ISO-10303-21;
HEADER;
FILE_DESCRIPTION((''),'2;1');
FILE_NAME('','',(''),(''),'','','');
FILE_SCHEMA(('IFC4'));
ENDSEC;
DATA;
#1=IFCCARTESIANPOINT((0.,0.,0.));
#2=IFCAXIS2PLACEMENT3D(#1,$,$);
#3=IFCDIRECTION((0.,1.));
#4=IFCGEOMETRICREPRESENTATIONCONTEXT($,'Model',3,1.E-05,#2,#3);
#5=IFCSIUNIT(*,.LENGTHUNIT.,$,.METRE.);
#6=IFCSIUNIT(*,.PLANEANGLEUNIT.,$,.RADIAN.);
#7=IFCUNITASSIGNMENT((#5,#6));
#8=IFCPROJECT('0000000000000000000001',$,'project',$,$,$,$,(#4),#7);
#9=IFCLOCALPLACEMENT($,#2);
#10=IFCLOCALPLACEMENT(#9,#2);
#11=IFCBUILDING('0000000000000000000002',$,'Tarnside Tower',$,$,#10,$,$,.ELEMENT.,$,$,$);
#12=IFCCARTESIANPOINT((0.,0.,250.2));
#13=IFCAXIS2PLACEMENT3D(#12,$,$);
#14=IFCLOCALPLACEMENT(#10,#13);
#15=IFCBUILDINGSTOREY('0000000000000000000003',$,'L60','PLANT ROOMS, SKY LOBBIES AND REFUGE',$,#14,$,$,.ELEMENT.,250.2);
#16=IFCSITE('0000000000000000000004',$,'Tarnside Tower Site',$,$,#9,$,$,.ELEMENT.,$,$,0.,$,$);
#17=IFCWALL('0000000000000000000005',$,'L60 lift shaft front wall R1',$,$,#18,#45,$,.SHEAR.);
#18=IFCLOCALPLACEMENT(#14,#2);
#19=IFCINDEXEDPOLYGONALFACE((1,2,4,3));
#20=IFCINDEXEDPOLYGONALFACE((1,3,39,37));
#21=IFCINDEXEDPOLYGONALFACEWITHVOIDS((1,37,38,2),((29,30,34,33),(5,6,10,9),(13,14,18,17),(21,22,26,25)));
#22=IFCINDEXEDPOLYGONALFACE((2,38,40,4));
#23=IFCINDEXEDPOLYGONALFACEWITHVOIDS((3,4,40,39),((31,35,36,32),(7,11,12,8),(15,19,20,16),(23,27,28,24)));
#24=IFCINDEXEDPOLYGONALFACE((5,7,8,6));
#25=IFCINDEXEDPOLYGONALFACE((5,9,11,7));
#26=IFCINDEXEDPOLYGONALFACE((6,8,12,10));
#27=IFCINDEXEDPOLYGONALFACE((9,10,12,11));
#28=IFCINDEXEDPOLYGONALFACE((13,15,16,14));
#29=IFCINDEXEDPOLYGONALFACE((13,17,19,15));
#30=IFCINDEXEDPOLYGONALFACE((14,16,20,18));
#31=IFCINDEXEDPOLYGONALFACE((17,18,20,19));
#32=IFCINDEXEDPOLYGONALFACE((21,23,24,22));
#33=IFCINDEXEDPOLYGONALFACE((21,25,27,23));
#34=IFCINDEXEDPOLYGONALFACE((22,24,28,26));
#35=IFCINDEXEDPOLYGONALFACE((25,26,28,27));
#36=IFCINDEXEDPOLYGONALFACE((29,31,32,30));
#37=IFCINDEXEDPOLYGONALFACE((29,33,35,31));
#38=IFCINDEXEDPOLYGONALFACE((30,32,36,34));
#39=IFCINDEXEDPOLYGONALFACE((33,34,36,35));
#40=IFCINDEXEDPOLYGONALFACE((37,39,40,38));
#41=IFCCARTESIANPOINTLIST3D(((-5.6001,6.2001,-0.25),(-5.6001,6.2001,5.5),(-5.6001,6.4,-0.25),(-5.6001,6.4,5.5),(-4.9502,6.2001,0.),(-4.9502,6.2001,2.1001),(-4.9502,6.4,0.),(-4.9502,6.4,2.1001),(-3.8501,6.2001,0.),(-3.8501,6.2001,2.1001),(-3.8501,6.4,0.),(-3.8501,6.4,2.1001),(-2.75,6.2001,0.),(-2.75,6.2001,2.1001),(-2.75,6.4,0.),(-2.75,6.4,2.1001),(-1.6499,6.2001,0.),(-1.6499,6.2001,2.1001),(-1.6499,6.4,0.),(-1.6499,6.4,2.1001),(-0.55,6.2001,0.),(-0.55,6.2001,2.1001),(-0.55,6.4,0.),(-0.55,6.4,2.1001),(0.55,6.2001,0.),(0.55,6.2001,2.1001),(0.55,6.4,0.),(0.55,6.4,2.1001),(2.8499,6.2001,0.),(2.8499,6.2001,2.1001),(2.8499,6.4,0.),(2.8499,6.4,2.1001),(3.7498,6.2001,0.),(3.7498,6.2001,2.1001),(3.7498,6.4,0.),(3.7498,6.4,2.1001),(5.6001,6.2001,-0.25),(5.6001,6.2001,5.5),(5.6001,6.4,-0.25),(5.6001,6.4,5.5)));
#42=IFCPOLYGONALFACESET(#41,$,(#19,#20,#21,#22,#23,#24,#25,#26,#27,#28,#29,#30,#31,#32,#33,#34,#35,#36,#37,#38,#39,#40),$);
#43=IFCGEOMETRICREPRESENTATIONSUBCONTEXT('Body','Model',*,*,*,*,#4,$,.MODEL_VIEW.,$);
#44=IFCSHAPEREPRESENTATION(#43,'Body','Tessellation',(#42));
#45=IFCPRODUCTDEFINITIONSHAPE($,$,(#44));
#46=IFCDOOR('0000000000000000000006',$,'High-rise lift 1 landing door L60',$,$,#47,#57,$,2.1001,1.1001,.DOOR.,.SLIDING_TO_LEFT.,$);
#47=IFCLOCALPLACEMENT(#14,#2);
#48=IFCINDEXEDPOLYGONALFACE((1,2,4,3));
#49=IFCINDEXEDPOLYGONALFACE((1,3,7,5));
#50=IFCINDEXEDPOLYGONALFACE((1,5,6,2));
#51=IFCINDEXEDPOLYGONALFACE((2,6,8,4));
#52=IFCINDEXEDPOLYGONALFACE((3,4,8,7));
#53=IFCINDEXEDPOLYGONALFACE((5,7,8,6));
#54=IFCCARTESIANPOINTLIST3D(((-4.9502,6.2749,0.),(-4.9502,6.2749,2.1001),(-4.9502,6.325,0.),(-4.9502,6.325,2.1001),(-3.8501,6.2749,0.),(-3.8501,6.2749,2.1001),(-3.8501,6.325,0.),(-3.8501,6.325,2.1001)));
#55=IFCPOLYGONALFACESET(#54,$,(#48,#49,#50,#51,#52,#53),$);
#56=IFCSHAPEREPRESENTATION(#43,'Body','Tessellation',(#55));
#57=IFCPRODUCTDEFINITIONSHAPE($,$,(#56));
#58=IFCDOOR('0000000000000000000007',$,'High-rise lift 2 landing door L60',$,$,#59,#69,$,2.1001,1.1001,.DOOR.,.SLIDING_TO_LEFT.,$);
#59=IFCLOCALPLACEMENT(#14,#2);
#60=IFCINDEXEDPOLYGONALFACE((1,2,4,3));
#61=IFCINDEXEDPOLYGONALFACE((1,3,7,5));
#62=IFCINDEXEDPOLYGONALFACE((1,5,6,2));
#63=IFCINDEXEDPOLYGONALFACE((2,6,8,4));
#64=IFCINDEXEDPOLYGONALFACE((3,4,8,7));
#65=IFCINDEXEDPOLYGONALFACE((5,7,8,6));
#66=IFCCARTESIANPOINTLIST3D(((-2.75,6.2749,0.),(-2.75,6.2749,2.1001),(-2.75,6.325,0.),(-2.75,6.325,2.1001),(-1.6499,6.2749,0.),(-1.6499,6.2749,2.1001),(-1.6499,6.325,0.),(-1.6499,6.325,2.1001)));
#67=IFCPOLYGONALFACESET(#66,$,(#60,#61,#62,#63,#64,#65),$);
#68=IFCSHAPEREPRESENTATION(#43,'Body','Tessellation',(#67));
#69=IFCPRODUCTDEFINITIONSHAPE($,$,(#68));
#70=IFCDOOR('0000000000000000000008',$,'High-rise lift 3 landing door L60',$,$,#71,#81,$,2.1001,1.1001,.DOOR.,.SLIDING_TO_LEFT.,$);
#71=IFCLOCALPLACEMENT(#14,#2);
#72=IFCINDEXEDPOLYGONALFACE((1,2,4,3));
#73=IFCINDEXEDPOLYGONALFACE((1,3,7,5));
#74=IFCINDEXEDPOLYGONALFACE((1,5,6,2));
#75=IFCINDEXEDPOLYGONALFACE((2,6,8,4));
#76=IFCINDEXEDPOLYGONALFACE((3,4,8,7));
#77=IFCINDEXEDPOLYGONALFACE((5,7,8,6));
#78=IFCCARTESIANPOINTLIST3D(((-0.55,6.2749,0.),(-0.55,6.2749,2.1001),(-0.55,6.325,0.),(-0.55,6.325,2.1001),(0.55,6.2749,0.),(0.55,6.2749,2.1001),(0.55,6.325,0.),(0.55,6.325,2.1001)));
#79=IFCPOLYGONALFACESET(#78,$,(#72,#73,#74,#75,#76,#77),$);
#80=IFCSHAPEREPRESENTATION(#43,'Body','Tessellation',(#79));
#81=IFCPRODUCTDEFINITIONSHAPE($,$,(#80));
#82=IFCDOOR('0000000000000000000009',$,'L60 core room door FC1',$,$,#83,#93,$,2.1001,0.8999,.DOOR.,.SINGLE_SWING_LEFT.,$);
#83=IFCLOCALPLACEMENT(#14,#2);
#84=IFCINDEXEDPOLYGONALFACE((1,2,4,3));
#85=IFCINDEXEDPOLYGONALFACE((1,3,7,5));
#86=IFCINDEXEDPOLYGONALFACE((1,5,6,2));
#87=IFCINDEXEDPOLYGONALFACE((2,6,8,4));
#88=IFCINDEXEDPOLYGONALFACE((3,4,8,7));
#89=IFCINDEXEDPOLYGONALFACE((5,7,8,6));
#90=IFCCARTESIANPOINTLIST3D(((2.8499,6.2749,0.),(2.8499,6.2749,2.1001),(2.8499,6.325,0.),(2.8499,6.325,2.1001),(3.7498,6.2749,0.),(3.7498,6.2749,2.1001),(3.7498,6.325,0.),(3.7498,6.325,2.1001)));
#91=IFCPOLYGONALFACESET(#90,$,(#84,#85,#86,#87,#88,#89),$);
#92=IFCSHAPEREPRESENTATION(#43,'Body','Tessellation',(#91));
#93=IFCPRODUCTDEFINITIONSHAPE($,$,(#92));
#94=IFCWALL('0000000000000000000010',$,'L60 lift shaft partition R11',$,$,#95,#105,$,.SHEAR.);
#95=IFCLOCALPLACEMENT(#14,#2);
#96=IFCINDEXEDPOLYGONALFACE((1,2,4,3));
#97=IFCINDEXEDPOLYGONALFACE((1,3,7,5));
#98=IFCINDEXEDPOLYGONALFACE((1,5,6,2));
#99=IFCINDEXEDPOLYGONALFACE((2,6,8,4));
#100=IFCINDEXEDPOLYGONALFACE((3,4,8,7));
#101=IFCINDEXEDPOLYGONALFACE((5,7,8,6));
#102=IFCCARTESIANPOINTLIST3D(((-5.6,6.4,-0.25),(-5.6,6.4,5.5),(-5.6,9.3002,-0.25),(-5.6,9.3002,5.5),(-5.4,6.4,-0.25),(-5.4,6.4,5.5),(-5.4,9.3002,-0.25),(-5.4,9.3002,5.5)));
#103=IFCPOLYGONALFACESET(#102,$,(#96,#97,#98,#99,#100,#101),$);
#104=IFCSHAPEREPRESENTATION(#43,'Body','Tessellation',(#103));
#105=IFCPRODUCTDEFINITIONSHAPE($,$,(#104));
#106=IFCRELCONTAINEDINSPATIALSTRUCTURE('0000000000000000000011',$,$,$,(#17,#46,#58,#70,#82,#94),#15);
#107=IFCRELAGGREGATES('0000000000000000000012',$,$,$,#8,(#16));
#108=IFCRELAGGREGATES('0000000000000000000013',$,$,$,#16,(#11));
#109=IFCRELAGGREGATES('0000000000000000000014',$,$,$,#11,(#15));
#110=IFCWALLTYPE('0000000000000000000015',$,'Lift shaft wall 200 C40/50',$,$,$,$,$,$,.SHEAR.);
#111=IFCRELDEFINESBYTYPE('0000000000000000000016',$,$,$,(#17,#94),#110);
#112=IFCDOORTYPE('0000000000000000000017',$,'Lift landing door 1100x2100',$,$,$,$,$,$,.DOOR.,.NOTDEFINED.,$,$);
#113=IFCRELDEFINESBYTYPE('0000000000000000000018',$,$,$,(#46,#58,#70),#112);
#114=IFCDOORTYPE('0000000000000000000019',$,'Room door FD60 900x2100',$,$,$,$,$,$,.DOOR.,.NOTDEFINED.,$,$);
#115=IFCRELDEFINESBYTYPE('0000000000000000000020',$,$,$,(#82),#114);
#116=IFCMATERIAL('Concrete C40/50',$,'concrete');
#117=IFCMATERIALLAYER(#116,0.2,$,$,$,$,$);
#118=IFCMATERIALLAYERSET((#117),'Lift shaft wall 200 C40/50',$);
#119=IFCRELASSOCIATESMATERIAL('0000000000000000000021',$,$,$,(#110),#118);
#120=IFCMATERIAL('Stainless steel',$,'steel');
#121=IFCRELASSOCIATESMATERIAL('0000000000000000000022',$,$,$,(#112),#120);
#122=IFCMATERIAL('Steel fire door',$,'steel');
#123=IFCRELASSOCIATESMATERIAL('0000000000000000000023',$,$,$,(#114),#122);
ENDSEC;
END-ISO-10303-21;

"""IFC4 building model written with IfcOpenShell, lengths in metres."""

from ifc_helpers import new_model, si_unit, direction, frame, frame_2d, origin, place, context, subcontext, project, spatial, rectangle, extrude, material, layer, layer_set, type_object, element, fill, save


model = new_model("IFC4")

# Units and contexts
model_context = context("Model", 3, precision=1e-05, world=origin(), true_north=direction((0.0, 1.0)))
body_context = subcontext(model_context, "Body", "Model", "MODEL_VIEW")
ifc_project = project(units=[si_unit("LENGTHUNIT", "METRE"), si_unit("PLANEANGLEUNIT", "RADIAN")], contexts=[model_context])

# Site, building, storey
site_placement = place(None, origin())
site = spatial("IfcSite", under=ifc_project, at=site_placement, Name="Tarnside Tower Site", CompositionType="ELEMENT", RefElevation=0.0)
building_placement = place(site_placement, origin())
building = spatial("IfcBuilding", under=site, at=building_placement, Name="Tarnside Tower", CompositionType="ELEMENT")
storey_placement = place(building_placement, frame((0.0, 0.0, 250.2)))
storey = spatial("IfcBuildingStorey", under=building, at=storey_placement, Name="L60", Description="PLANT ROOMS, SKY LOBBIES AND REFUGE", CompositionType="ELEMENT", Elevation=250.2)

# Wall, openings, doors
ifc_material_1 = material(Name="Concrete C40/50", Category="concrete")
ifc_layer = layer(ifc_material_1, 0.2)
ifc_layer_set = layer_set([ifc_layer], Name="Lift shaft wall 200 C40/50")
wall_type = type_object("IfcWallType", Name="Lift shaft wall 200 C40/50", PredefinedType="SHEAR", material=ifc_layer_set)
wall_1_placement = place(storey_placement, frame((-5.6001, 6.3, -0.25), z_axis=(0.0, 0.0, 1.0), x_axis=(1.0, 0.0, 0.0)))
wall_1 = element("IfcWall", 1, at=wall_1_placement, inside=storey, type_object=wall_type, Name="L60 lift shaft front wall R1", PredefinedType="SHEAR", context=body_context, shape_type="SweptSolid", body=[
    extrude(rectangle(XDim=11.2002, YDim=0.2, at=frame_2d((5.6001, 0.0))), origin(), (0.0, 0.0, 1.0), 5.75),
])
opening_1_placement = place(wall_1_placement, frame((8.45, 0.0, 0.25)))
opening_1 = element("IfcOpeningElement", 2, at=opening_1_placement, cuts=wall_1, PredefinedType="OPENING", context=body_context, shape_type="SweptSolid", body=[
    extrude(rectangle(XDim=0.8999, YDim=2.1001, at=frame_2d((0.45, 1.05))), frame((0.0, 0.1099, 0.0), z_axis=(0.0, -1.0, 0.0), x_axis=(1.0, 0.0, 0.0)), (0.0, 0.0, 1.0), 0.22),
])
opening_2_placement = place(wall_1_placement, frame((0.6499, 0.0, 0.25)))
opening_2 = element("IfcOpeningElement", 3, at=opening_2_placement, cuts=wall_1, PredefinedType="OPENING", context=body_context, shape_type="SweptSolid", body=[
    extrude(rectangle(XDim=1.1001, YDim=2.1001, at=frame_2d((0.55, 1.05))), frame((0.0, 0.1099, 0.0), z_axis=(0.0, -1.0, 0.0), x_axis=(1.0, 0.0, 0.0)), (0.0, 0.0, 1.0), 0.22),
])
opening_3_placement = place(wall_1_placement, frame((2.8501, 0.0, 0.25)))
opening_3 = element("IfcOpeningElement", 4, at=opening_3_placement, cuts=wall_1, PredefinedType="OPENING", context=body_context, shape_type="SweptSolid", body=[
    extrude(rectangle(XDim=1.1001, YDim=2.1001, at=frame_2d((0.55, 1.05))), frame((0.0, 0.1099, 0.0), z_axis=(0.0, -1.0, 0.0), x_axis=(1.0, 0.0, 0.0)), (0.0, 0.0, 1.0), 0.22),
])
opening_4_placement = place(wall_1_placement, frame((5.05, 0.0, 0.25)))
opening_4 = element("IfcOpeningElement", 5, at=opening_4_placement, cuts=wall_1, PredefinedType="OPENING", context=body_context, shape_type="SweptSolid", body=[
    extrude(rectangle(XDim=1.1001, YDim=2.1001, at=frame_2d((0.55, 1.05))), frame((0.0, 0.1099, 0.0), z_axis=(0.0, -1.0, 0.0), x_axis=(1.0, 0.0, 0.0)), (0.0, 0.0, 1.0), 0.22),
])
ifc_material_2 = material(Name="Stainless steel", Category="steel")
door_type_1 = type_object("IfcDoorType", Name="Lift landing door 1100x2100", OperationType="NOTDEFINED", PredefinedType="DOOR", material=ifc_material_2)
door_1_placement = place(opening_2_placement, origin())
door_1 = element("IfcDoor", 6, at=door_1_placement, inside=storey, type_object=door_type_1, Name="High-rise lift 1 landing door L60", OperationType="SLIDING_TO_LEFT", OverallHeight=2.1001, OverallWidth=1.1001, PredefinedType="DOOR", context=body_context, shape_type="SweptSolid", body=[
    extrude(rectangle(XDim=1.1001, YDim=2.1001, at=frame_2d((0.55, 1.05))), frame((0.0, 0.0249, 0.0), z_axis=(0.0, -1.0, 0.0), x_axis=(1.0, 0.0, 0.0)), (0.0, 0.0, 1.0), 0.05),
])
fill(opening_2, door_1)
door_2_placement = place(opening_3_placement, origin())
door_2 = element("IfcDoor", 7, at=door_2_placement, inside=storey, type_object=door_type_1, Name="High-rise lift 2 landing door L60", OperationType="SLIDING_TO_LEFT", OverallHeight=2.1001, OverallWidth=1.1001, PredefinedType="DOOR", context=body_context, shape_type="SweptSolid", body=[
    extrude(rectangle(XDim=1.1001, YDim=2.1001, at=frame_2d((0.55, 1.05))), frame((0.0, 0.0249, 0.0), z_axis=(0.0, -1.0, 0.0), x_axis=(1.0, 0.0, 0.0)), (0.0, 0.0, 1.0), 0.05),
])
fill(opening_3, door_2)
door_3_placement = place(opening_4_placement, origin())
door_3 = element("IfcDoor", 8, at=door_3_placement, inside=storey, type_object=door_type_1, Name="High-rise lift 3 landing door L60", OperationType="SLIDING_TO_LEFT", OverallHeight=2.1001, OverallWidth=1.1001, PredefinedType="DOOR", context=body_context, shape_type="SweptSolid", body=[
    extrude(rectangle(XDim=1.1001, YDim=2.1001, at=frame_2d((0.55, 1.05))), frame((0.0, 0.0249, 0.0), z_axis=(0.0, -1.0, 0.0), x_axis=(1.0, 0.0, 0.0)), (0.0, 0.0, 1.0), 0.05),
])
fill(opening_4, door_3)
ifc_material_3 = material(Name="Steel fire door", Category="steel")
door_type_2 = type_object("IfcDoorType", Name="Room door FD60 900x2100", OperationType="NOTDEFINED", PredefinedType="DOOR", material=ifc_material_3)
door_4_placement = place(opening_1_placement, origin())
door_4 = element("IfcDoor", 9, at=door_4_placement, inside=storey, type_object=door_type_2, Name="L60 core room door FC1", OperationType="SINGLE_SWING_LEFT", OverallHeight=2.1001, OverallWidth=0.8999, PredefinedType="DOOR", context=body_context, shape_type="SweptSolid", body=[
    extrude(rectangle(XDim=0.8999, YDim=2.1001, at=frame_2d((0.45, 1.05))), frame((0.0, 0.0249, 0.0), z_axis=(0.0, -1.0, 0.0), x_axis=(1.0, 0.0, 0.0)), (0.0, 0.0, 1.0), 0.05),
])
fill(opening_1, door_4)

# Wall
wall_2_placement = place(storey_placement, frame((-5.5, 6.3999, -0.25), z_axis=(0.0, 0.0, 1.0), x_axis=(0.0, 1.0, 0.0)))
element("IfcWall", 10, at=wall_2_placement, inside=storey, type_object=wall_type, Name="L60 lift shaft partition R11", PredefinedType="SHEAR", context=body_context, shape_type="SweptSolid", body=[
    extrude(rectangle(XDim=2.9001, YDim=0.2, at=frame_2d((1.4502, 0.0))), origin(), (0.0, 0.0, 1.0), 5.75),
])

save(model, "model.ifc")
